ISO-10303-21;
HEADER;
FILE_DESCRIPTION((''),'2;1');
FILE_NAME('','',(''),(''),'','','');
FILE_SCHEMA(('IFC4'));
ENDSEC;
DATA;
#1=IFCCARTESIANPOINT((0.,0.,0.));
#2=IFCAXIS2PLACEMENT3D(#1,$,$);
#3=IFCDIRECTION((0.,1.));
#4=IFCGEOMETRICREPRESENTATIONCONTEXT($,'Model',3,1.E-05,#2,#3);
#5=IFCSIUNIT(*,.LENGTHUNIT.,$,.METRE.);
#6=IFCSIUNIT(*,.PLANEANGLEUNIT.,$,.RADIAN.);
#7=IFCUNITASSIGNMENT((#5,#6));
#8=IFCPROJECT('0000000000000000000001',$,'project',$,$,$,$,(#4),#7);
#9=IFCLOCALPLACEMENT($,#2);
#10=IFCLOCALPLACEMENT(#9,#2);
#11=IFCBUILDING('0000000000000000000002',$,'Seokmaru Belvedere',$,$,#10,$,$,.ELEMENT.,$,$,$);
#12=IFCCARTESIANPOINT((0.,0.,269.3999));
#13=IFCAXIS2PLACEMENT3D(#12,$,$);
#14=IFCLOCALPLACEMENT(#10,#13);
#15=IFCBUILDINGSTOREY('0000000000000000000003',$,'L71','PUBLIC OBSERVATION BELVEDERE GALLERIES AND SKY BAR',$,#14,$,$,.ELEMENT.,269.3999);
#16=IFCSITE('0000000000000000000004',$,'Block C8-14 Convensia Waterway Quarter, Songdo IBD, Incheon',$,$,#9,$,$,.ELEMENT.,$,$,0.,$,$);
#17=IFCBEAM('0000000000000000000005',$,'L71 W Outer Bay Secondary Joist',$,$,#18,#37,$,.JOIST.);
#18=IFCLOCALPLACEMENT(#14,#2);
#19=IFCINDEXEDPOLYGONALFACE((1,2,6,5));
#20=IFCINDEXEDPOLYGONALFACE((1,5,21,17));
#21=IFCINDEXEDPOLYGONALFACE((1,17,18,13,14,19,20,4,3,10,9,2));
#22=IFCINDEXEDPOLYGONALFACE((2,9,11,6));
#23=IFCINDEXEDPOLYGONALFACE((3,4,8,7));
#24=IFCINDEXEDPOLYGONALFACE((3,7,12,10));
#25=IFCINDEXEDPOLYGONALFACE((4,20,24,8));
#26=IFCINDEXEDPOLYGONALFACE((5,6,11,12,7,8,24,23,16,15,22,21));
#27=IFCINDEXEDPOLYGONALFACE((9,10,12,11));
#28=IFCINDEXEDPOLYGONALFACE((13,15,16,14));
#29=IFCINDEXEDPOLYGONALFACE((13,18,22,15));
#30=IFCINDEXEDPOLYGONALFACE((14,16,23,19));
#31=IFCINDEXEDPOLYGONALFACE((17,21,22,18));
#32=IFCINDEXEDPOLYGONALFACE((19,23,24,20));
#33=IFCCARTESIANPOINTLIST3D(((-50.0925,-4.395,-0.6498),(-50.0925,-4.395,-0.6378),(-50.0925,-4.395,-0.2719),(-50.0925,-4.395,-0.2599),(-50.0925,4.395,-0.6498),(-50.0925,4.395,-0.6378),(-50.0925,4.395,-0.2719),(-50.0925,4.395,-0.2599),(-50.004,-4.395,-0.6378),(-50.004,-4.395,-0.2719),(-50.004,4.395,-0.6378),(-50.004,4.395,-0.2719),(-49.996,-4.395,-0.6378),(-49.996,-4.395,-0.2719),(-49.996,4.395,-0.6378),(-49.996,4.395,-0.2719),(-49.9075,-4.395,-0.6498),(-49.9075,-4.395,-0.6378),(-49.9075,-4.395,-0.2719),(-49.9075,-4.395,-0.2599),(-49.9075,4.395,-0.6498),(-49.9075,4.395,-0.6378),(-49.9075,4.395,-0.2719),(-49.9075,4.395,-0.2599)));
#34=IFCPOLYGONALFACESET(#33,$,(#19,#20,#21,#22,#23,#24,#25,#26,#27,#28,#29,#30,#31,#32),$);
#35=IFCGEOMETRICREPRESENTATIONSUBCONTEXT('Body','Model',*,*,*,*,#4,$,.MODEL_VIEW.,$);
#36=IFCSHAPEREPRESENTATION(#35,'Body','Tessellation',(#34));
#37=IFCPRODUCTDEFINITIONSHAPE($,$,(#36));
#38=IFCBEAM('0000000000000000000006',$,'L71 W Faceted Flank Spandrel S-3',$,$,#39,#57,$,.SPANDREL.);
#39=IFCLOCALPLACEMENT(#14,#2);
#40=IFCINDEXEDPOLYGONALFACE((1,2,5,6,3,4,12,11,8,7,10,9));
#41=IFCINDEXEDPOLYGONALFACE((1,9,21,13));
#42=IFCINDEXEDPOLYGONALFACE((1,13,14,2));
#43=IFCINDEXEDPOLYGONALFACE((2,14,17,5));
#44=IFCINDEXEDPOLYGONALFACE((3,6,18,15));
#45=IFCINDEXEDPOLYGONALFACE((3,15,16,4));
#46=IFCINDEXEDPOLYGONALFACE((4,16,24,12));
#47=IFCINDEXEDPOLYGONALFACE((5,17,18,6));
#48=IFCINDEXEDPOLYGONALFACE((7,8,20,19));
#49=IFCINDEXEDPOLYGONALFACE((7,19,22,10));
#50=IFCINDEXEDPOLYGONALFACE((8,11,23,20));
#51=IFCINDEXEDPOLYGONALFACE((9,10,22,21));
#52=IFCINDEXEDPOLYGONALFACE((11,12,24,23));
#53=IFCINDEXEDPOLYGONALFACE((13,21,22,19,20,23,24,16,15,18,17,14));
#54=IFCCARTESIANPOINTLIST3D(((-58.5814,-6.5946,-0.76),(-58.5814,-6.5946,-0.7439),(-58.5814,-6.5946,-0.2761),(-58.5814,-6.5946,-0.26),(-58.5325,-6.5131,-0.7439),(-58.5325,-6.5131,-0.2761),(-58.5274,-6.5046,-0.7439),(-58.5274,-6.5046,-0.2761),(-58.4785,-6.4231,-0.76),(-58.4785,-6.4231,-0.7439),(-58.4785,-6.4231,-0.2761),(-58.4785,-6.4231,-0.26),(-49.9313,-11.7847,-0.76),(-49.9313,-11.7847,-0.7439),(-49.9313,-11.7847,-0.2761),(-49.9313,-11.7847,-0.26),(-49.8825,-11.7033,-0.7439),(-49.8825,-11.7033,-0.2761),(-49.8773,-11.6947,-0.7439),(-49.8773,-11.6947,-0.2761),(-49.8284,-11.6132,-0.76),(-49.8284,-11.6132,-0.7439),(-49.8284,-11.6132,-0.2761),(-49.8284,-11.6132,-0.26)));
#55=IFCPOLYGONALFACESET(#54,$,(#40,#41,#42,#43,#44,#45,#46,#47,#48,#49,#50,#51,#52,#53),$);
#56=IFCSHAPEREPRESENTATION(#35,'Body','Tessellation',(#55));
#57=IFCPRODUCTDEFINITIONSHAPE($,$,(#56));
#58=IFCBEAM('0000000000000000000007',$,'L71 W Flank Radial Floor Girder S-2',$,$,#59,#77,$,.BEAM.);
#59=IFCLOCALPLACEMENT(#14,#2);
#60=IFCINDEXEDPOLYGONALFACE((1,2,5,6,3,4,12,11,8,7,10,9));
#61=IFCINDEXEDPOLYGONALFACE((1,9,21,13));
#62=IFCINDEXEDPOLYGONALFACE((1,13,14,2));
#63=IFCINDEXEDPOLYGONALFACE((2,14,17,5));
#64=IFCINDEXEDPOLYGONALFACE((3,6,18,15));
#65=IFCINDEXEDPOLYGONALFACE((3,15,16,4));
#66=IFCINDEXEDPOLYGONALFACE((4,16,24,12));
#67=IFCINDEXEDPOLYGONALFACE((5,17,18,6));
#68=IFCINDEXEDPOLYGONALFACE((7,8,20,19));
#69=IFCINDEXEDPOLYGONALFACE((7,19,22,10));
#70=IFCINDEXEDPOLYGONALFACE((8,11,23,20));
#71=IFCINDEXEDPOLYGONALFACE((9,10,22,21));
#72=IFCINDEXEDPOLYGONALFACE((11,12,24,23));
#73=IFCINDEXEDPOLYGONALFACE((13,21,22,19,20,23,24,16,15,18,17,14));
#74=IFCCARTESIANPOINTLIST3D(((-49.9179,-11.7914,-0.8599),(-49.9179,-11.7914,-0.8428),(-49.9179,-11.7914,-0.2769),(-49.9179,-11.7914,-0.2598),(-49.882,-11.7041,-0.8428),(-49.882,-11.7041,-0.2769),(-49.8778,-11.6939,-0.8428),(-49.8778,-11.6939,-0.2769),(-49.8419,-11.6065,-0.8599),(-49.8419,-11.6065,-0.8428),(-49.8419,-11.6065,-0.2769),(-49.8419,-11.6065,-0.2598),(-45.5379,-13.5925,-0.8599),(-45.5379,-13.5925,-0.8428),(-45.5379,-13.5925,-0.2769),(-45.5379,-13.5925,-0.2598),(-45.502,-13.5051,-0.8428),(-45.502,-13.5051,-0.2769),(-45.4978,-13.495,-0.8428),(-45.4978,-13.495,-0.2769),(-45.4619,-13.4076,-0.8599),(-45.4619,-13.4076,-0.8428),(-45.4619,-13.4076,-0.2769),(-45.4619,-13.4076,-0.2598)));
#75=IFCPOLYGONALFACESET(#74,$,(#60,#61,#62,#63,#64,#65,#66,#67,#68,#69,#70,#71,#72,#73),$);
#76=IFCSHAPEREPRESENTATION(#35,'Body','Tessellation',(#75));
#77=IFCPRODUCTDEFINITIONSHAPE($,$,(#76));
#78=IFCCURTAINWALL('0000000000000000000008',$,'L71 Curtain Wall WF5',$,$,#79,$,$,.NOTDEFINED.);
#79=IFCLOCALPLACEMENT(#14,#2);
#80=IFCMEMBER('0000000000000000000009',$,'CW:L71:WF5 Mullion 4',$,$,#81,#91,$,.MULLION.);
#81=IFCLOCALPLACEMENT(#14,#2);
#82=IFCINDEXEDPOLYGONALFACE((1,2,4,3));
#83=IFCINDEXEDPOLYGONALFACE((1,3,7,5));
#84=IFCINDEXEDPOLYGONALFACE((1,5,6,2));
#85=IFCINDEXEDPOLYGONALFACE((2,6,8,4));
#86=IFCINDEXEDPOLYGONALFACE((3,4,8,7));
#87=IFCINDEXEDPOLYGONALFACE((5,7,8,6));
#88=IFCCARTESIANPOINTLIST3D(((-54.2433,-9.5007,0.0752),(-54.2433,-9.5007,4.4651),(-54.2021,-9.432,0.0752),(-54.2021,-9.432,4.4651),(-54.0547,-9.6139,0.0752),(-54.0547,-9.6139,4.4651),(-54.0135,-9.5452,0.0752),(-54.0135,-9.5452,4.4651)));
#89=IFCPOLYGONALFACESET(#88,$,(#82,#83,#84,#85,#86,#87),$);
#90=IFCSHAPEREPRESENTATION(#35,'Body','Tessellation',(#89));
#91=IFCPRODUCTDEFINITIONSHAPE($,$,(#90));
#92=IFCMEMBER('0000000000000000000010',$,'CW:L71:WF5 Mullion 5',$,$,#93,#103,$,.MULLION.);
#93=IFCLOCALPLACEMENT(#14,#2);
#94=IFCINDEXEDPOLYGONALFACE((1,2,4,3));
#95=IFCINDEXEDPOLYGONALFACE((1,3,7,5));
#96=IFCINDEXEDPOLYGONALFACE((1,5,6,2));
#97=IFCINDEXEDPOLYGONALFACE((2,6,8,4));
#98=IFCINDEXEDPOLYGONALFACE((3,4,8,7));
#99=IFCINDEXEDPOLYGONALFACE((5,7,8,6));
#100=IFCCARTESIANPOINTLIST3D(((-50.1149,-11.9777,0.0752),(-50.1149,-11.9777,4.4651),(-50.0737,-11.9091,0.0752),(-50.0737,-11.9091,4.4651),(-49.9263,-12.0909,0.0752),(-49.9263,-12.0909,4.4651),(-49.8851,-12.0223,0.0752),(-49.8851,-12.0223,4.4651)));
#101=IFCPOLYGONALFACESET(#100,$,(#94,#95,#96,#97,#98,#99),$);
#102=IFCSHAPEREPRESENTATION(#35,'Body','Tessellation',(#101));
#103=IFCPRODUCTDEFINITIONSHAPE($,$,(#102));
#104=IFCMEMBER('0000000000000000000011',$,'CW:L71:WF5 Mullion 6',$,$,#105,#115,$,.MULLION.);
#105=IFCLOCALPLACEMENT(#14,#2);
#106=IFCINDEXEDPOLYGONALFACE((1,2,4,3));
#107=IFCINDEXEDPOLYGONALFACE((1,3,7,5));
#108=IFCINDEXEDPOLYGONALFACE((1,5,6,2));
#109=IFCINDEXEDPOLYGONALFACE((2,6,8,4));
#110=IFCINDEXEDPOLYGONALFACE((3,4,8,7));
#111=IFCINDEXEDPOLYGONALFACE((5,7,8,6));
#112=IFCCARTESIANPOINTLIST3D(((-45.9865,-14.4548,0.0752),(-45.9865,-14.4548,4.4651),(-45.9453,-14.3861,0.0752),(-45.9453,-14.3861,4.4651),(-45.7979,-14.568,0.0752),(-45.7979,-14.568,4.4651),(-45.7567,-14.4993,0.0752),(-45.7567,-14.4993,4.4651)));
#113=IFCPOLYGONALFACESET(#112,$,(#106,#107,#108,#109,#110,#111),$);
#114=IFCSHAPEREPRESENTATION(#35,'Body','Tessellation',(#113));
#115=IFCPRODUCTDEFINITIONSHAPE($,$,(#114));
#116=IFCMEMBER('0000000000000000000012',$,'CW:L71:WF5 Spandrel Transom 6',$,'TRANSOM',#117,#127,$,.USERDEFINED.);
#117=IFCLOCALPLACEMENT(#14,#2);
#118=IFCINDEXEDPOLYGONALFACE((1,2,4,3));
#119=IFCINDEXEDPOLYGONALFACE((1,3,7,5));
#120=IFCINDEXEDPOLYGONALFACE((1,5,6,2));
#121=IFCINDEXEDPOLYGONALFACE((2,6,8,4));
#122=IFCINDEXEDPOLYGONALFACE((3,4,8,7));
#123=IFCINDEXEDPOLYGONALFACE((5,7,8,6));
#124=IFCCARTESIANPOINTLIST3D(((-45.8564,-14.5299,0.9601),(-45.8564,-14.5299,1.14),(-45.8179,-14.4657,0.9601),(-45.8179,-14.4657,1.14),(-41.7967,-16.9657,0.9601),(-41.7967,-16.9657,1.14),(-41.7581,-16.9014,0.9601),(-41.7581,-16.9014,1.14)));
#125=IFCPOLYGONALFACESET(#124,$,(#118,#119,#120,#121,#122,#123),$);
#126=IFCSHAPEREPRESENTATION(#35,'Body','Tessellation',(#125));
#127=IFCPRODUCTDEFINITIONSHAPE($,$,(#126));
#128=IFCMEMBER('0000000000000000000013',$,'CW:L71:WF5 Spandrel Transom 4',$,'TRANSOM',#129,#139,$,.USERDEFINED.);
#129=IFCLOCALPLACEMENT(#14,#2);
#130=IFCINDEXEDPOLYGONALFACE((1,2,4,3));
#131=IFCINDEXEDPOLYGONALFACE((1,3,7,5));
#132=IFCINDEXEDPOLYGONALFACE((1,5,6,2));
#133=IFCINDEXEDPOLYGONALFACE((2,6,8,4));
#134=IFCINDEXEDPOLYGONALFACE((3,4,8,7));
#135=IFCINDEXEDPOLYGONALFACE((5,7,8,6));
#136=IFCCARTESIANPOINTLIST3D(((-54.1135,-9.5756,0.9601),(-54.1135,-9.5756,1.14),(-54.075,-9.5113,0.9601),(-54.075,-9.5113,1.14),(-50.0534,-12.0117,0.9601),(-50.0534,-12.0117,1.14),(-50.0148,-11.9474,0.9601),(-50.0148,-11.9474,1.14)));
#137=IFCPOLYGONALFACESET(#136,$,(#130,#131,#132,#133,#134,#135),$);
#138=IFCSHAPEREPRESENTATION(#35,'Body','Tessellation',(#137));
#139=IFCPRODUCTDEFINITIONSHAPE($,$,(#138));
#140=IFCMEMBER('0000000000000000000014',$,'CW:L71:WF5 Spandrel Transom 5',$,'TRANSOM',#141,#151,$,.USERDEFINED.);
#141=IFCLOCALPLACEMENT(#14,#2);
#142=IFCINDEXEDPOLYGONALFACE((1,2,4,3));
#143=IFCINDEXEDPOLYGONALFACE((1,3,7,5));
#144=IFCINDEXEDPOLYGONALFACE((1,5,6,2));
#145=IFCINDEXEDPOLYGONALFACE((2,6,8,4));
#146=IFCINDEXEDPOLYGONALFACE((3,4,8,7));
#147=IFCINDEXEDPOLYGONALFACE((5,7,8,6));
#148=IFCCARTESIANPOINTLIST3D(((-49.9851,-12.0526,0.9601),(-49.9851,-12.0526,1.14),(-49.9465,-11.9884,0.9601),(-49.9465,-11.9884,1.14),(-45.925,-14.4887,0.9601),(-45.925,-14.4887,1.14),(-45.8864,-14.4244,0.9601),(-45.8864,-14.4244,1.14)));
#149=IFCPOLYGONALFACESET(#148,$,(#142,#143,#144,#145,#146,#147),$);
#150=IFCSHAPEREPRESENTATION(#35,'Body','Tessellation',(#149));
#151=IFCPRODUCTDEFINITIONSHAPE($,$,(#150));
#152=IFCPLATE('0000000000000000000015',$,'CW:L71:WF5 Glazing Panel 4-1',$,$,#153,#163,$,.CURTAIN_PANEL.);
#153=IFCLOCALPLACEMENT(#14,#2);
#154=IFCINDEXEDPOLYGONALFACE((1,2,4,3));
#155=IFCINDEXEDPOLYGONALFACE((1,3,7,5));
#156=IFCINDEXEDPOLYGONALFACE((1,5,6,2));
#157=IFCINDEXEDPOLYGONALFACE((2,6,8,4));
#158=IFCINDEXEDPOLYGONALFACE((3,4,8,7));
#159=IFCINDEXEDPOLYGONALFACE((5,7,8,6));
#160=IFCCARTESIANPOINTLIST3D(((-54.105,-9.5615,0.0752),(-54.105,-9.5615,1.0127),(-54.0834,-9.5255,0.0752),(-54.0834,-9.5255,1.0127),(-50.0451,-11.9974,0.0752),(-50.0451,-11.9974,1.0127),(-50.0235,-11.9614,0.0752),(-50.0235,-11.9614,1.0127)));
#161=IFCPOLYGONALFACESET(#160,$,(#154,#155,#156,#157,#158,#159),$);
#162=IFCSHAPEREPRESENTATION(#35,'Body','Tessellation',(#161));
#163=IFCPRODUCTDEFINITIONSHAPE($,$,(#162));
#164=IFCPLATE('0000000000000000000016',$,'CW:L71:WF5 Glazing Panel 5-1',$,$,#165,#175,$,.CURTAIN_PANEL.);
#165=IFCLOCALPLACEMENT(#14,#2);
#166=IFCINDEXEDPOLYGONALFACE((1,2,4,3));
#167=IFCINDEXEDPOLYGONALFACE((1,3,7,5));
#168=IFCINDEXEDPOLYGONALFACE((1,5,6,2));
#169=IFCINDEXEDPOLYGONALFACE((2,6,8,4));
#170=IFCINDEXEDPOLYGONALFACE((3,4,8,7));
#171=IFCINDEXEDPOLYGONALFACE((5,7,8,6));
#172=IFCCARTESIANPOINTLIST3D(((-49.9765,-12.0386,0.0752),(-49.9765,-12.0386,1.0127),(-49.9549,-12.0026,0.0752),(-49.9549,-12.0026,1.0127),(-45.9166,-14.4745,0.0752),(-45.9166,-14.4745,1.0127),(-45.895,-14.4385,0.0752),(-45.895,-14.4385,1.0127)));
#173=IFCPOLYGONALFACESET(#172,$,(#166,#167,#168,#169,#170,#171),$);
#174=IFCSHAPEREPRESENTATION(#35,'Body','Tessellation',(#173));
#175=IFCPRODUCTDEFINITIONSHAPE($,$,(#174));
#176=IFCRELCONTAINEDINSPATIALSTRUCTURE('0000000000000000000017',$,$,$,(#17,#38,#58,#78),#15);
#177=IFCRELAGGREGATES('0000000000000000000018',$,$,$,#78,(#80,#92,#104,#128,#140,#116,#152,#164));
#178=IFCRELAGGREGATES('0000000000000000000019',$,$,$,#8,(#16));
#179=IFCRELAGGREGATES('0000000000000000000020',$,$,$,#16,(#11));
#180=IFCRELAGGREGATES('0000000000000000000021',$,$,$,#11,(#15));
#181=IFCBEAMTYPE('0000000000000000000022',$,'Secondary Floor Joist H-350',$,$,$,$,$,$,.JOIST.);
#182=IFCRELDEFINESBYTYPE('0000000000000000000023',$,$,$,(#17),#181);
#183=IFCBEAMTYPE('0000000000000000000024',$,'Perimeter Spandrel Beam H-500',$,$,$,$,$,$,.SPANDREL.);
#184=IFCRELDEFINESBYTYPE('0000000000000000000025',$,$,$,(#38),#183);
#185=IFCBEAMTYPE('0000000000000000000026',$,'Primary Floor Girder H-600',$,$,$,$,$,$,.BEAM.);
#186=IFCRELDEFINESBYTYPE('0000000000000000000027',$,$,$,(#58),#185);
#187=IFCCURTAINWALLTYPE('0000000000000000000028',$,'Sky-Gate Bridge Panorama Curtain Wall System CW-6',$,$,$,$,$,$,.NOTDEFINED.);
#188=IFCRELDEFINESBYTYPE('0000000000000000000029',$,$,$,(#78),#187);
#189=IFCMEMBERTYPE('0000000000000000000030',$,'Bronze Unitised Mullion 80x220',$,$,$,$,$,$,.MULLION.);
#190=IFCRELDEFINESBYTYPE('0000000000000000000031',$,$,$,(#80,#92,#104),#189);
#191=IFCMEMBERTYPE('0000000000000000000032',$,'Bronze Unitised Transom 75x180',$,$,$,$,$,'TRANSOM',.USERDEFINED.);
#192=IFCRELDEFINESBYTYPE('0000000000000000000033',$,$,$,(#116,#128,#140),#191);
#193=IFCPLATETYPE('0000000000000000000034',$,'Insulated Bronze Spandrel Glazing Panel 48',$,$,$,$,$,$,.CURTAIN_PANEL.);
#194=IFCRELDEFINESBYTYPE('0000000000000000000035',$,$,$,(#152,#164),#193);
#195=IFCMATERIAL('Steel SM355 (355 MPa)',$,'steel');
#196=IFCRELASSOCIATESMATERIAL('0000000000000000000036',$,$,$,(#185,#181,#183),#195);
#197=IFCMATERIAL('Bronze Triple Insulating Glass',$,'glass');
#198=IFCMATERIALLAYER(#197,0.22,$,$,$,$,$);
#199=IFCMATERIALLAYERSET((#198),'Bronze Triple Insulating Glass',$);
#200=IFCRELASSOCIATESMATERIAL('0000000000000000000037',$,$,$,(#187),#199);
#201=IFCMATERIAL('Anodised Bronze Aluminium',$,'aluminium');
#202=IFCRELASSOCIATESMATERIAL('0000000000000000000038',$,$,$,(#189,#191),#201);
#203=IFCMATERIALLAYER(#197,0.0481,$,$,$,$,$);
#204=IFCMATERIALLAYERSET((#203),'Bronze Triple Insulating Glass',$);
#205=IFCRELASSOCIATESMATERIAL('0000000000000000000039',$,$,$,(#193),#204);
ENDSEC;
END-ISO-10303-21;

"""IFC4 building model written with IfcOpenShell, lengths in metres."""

from ifc_helpers import new_model, si_unit, direction, frame, origin, origin_2d, place, context, subcontext, project, spatial, rectangle, i_section, extrude, source, transform, mapped, material, layer, layer_set, material_profile, profile_set, type_object, type_shapes, element, aggregate, save


model = new_model("IFC4")

# Units and contexts
model_context = context("Model", 3, precision=1e-05, world=origin(), true_north=direction((0.0, 1.0)))
body_context = subcontext(model_context, "Body", "Model", "MODEL_VIEW")
ifc_project = project(units=[si_unit("LENGTHUNIT", "METRE"), si_unit("PLANEANGLEUNIT", "RADIAN")], contexts=[model_context])

# Site, building, storey
site_placement = place(None, origin())
site = spatial("IfcSite", under=ifc_project, at=site_placement, Name="Block C8-14 Convensia Waterway Quarter, Songdo IBD, Incheon", CompositionType="ELEMENT", RefElevation=0.0)
building_placement = place(site_placement, origin())
building = spatial("IfcBuilding", under=site, at=building_placement, Name="Seokmaru Belvedere", CompositionType="ELEMENT")
storey_placement = place(building_placement, frame((0.0, 0.0, 269.3999)))
storey = spatial("IfcBuildingStorey", under=building, at=storey_placement, Name="L71", Description="PUBLIC OBSERVATION BELVEDERE GALLERIES AND SKY BAR", CompositionType="ELEMENT", Elevation=269.3999)

# Shared definitions
ifc_material_1 = material(Name="Steel SM355 (355 MPa)", Category="steel")

# Beams
ifc_material_profile_1 = material_profile(ifc_material_1, i_section(OverallWidth=0.2, OverallDepth=0.6001, WebThickness=0.011, FlangeThickness=0.0171, at=origin_2d()), Name="H-600x200x11x17")
ifc_profile_set_1 = profile_set([ifc_material_profile_1], Name="Steel SM355 (355 MPa)")
beam_type_1 = type_object("IfcBeamType", Name="Primary Floor Girder H-600", PredefinedType="BEAM", material=ifc_profile_set_1)
ifc_material_profile_2 = material_profile(ifc_material_1, i_section(OverallWidth=0.1851, OverallDepth=0.3899, WebThickness=0.0081, FlangeThickness=0.012, at=origin_2d()), Name="H-390x185x8x12")
ifc_profile_set_2 = profile_set([ifc_material_profile_2], Name="Steel SM355 (355 MPa)")
beam_type_2 = type_object("IfcBeamType", Name="Secondary Floor Joist H-350", PredefinedType="JOIST", material=ifc_profile_set_2)
shared_shape_1 = source(origin(), body_context, "Body", "SweptSolid", [
    extrude(i_section(OverallWidth=0.1851, OverallDepth=0.3899, WebThickness=0.0081, FlangeThickness=0.012, at=origin_2d()), origin(), (0.0, 0.0, 1.0), 8.79),
])
type_shapes(beam_type_2, [shared_shape_1])
beam_1_placement = place(storey_placement, frame((-50.0, -4.395, -0.4548), z_axis=(0.0, 1.0, 0.0), x_axis=(-1.0, 0.0, 0.0)))
element("IfcBeam", 1, at=beam_1_placement, inside=storey, type_object=beam_type_2, Name="L71 W Outer Bay Secondary Joist", PredefinedType="JOIST", context=body_context, shape_type="MappedRepresentation", body=[
    mapped(shared_shape_1, transform((0.0, 0.0, 0.0), scale=1.0)),
])
ifc_material_profile_3 = material_profile(ifc_material_1, i_section(OverallWidth=0.2, OverallDepth=0.5, WebThickness=0.01, FlangeThickness=0.0161, at=origin_2d()), Name="H-500x200x10x16")
ifc_profile_set_3 = profile_set([ifc_material_profile_3], Name="Steel SM355 (355 MPa)")
beam_type_3 = type_object("IfcBeamType", Name="Perimeter Spandrel Beam H-500", PredefinedType="SPANDREL", material=ifc_profile_set_3)
shared_shape_2 = source(origin(), body_context, "Body", "SweptSolid", [
    extrude(i_section(OverallWidth=0.2, OverallDepth=0.5, WebThickness=0.01, FlangeThickness=0.0161, at=origin_2d()), origin(), (0.0, 0.0, 1.0), 10.0876),
])
type_shapes(beam_type_3, [shared_shape_2])
beam_2_placement = place(storey_placement, frame((-49.8799, -11.699, -0.51), z_axis=(-0.857489, 0.514503, 0.0), x_axis=(-0.514503, -0.857489, 0.0)))
element("IfcBeam", 2, at=beam_2_placement, inside=storey, type_object=beam_type_3, Name="L71 W Faceted Flank Spandrel S-3", PredefinedType="SPANDREL", context=body_context, shape_type="MappedRepresentation", body=[
    mapped(shared_shape_2, transform((0.0, 0.0, 0.0), scale=1.0)),
])
shared_shape_3 = source(origin(), body_context, "Body", "SweptSolid", [
    extrude(i_section(OverallWidth=0.2, OverallDepth=0.6001, WebThickness=0.011, FlangeThickness=0.0171, at=origin_2d()), origin(), (0.0, 0.0, 1.0), 4.7358),
])
beam_3_placement = place(storey_placement, frame((-49.8799, -11.699, -0.5598), z_axis=(0.924861, -0.380306, 0.0), x_axis=(0.380306, 0.924861, 0.0)))
element("IfcBeam", 3, at=beam_3_placement, inside=storey, type_object=beam_type_1, Name="L71 W Flank Radial Floor Girder S-2", PredefinedType="BEAM", context=body_context, shape_type="MappedRepresentation", body=[
    mapped(shared_shape_3, transform((0.0, 0.0, 0.0), scale=1.0)),
])

# Curtain wall, members, plates
ifc_material_2 = material(Name="Bronze Triple Insulating Glass", Category="glass")
ifc_layer_1 = layer(ifc_material_2, 0.22)
ifc_layer_set_1 = layer_set([ifc_layer_1], Name="Bronze Triple Insulating Glass")
curtain_wall_type = type_object("IfcCurtainWallType", Name="Sky-Gate Bridge Panorama Curtain Wall System CW-6", PredefinedType="NOTDEFINED", material=ifc_layer_set_1)
curtain_wall_placement = place(storey_placement, origin())
curtain_wall = element("IfcCurtainWall", 4, at=curtain_wall_placement, inside=storey, type_object=curtain_wall_type, Name="L71 Curtain Wall WF5", PredefinedType="NOTDEFINED")
ifc_material_3 = material(Name="Anodised Bronze Aluminium", Category="aluminium")
ifc_material_profile_4 = material_profile(ifc_material_3, rectangle(XDim=0.0801, YDim=0.22, at=origin_2d()), Name="CW-M-80x220")
ifc_profile_set_4 = profile_set([ifc_material_profile_4], Name="Anodised Bronze Aluminium")
member_type_1 = type_object("IfcMemberType", Name="Bronze Unitised Mullion 80x220", PredefinedType="MULLION", material=ifc_profile_set_4)
shared_shape_4 = source(origin(), body_context, "Body", "SweptSolid", [
    extrude(rectangle(XDim=0.0801, YDim=0.22, at=origin_2d()), origin(), (0.0, 0.0, 1.0), 4.3899),
])
type_shapes(member_type_1, [shared_shape_4])
member_1_placement = place(storey_placement, frame((-54.1284, -9.5229, 0.0752), z_axis=(0.0, 0.0, 1.0), x_axis=(0.514495, 0.857493, 0.0)))
member_1 = element("IfcMember", 5, at=member_1_placement, type_object=member_type_1, Name="CW:L71:WF5 Mullion 4", PredefinedType="MULLION", context=body_context, shape_type="MappedRepresentation", body=[
    mapped(shared_shape_4, transform((0.0, 0.0, 0.0), scale=1.0)),
])
member_2_placement = place(storey_placement, frame((-50.0, -12.0, 0.0752), z_axis=(0.0, 0.0, 1.0), x_axis=(0.514495, 0.857493, 0.0)))
member_2 = element("IfcMember", 6, at=member_2_placement, type_object=member_type_1, Name="CW:L71:WF5 Mullion 5", PredefinedType="MULLION", context=body_context, shape_type="MappedRepresentation", body=[
    mapped(shared_shape_4, transform((0.0, 0.0, 0.0), scale=1.0)),
])
member_3_placement = place(storey_placement, frame((-45.8716, -14.4771, 0.0752), z_axis=(0.0, 0.0, 1.0), x_axis=(0.514495, 0.857493, 0.0)))
member_3 = element("IfcMember", 7, at=member_3_placement, type_object=member_type_1, Name="CW:L71:WF5 Mullion 6", PredefinedType="MULLION", context=body_context, shape_type="MappedRepresentation", body=[
    mapped(shared_shape_4, transform((0.0, 0.0, 0.0), scale=1.0)),
])
ifc_material_profile_5 = material_profile(ifc_material_3, rectangle(XDim=0.075, YDim=0.1799, at=origin_2d()), Name="CW-T-75x180")
ifc_profile_set_5 = profile_set([ifc_material_profile_5], Name="Anodised Bronze Aluminium")
member_type_2 = type_object("IfcMemberType", Name="Bronze Unitised Transom 75x180", ElementType="TRANSOM", PredefinedType="USERDEFINED", material=ifc_profile_set_5)
shared_shape_5 = source(origin(), body_context, "Body", "SweptSolid", [
    extrude(rectangle(XDim=0.075, YDim=0.1799, at=origin_2d()), origin(), (0.0, 0.0, 1.0), 4.7344),
])
member_4_placement = place(storey_placement, frame((-45.8372, -14.4978, 1.05), z_axis=(0.857502, -0.514481, 0.0), x_axis=(0.514481, 0.857502, 0.0)))
member_4 = element("IfcMember", 8, at=member_4_placement, type_object=member_type_2, Name="CW:L71:WF5 Spandrel Transom 6", ObjectType="TRANSOM", PredefinedType="USERDEFINED", context=body_context, shape_type="MappedRepresentation", body=[
    mapped(shared_shape_5, transform((0.0, 0.0, 0.0), scale=1.0)),
])
shared_shape_6 = source(origin(), body_context, "Body", "SweptSolid", [
    extrude(rectangle(XDim=0.075, YDim=0.1799, at=origin_2d()), origin(), (0.0, 0.0, 1.0), 4.7349),
])
type_shapes(member_type_2, [shared_shape_5, shared_shape_6])
member_5_placement = place(storey_placement, frame((-54.0942, -9.5435, 1.05), z_axis=(0.857493, -0.514496, 0.0), x_axis=(0.514496, 0.857493, 0.0)))
member_5 = element("IfcMember", 9, at=member_5_placement, type_object=member_type_2, Name="CW:L71:WF5 Spandrel Transom 4", ObjectType="TRANSOM", PredefinedType="USERDEFINED", context=body_context, shape_type="MappedRepresentation", body=[
    mapped(shared_shape_6, transform((0.0, 0.0, 0.0), scale=1.0)),
])
member_6_placement = place(storey_placement, frame((-49.9658, -12.0205, 1.05), z_axis=(0.857493, -0.514496, 0.0), x_axis=(0.514496, 0.857493, 0.0)))
member_6 = element("IfcMember", 10, at=member_6_placement, type_object=member_type_2, Name="CW:L71:WF5 Spandrel Transom 5", ObjectType="TRANSOM", PredefinedType="USERDEFINED", context=body_context, shape_type="MappedRepresentation", body=[
    mapped(shared_shape_6, transform((0.0, 0.0, 0.0), scale=1.0)),
])
ifc_layer_2 = layer(ifc_material_2, 0.0481)
ifc_layer_set_2 = layer_set([ifc_layer_2], Name="Bronze Triple Insulating Glass")
plate_type_1 = type_object("IfcPlateType", Name="Insulated Bronze Spandrel Glazing Panel 48", PredefinedType="CURTAIN_PANEL", material=ifc_layer_set_2)
shared_shape_7 = source(origin(), body_context, "Body", "SweptSolid", [
    extrude(rectangle(XDim=4.7346, YDim=0.042, at=origin_2d()), origin(), (0.0, 0.0, 1.0), 0.9375),
])
type_shapes(plate_type_1, [shared_shape_7])
plate_1_placement = place(storey_placement, frame((-52.0642, -10.7615, 0.0752), z_axis=(0.0, 0.0, 1.0), x_axis=(0.857493, -0.514495, 0.0)))
plate_1 = element("IfcPlate", 11, at=plate_1_placement, type_object=plate_type_1, Name="CW:L71:WF5 Glazing Panel 4-1", PredefinedType="CURTAIN_PANEL", context=body_context, shape_type="MappedRepresentation", body=[
    mapped(shared_shape_7, transform((0.0, 0.0, 0.0), scale=1.0)),
])
plate_2_placement = place(storey_placement, frame((-47.9358, -13.2385, 0.0752), z_axis=(0.0, 0.0, 1.0), x_axis=(0.857493, -0.514495, 0.0)))
plate_2 = element("IfcPlate", 12, at=plate_2_placement, type_object=plate_type_1, Name="CW:L71:WF5 Glazing Panel 5-1", PredefinedType="CURTAIN_PANEL", context=body_context, shape_type="MappedRepresentation", body=[
    mapped(shared_shape_7, transform((0.0, 0.0, 0.0), scale=1.0)),
])
aggregate(curtain_wall, [member_1, member_2, member_3, member_5, member_6, member_4, plate_1, plate_2])

save(model, "model.ifc")
